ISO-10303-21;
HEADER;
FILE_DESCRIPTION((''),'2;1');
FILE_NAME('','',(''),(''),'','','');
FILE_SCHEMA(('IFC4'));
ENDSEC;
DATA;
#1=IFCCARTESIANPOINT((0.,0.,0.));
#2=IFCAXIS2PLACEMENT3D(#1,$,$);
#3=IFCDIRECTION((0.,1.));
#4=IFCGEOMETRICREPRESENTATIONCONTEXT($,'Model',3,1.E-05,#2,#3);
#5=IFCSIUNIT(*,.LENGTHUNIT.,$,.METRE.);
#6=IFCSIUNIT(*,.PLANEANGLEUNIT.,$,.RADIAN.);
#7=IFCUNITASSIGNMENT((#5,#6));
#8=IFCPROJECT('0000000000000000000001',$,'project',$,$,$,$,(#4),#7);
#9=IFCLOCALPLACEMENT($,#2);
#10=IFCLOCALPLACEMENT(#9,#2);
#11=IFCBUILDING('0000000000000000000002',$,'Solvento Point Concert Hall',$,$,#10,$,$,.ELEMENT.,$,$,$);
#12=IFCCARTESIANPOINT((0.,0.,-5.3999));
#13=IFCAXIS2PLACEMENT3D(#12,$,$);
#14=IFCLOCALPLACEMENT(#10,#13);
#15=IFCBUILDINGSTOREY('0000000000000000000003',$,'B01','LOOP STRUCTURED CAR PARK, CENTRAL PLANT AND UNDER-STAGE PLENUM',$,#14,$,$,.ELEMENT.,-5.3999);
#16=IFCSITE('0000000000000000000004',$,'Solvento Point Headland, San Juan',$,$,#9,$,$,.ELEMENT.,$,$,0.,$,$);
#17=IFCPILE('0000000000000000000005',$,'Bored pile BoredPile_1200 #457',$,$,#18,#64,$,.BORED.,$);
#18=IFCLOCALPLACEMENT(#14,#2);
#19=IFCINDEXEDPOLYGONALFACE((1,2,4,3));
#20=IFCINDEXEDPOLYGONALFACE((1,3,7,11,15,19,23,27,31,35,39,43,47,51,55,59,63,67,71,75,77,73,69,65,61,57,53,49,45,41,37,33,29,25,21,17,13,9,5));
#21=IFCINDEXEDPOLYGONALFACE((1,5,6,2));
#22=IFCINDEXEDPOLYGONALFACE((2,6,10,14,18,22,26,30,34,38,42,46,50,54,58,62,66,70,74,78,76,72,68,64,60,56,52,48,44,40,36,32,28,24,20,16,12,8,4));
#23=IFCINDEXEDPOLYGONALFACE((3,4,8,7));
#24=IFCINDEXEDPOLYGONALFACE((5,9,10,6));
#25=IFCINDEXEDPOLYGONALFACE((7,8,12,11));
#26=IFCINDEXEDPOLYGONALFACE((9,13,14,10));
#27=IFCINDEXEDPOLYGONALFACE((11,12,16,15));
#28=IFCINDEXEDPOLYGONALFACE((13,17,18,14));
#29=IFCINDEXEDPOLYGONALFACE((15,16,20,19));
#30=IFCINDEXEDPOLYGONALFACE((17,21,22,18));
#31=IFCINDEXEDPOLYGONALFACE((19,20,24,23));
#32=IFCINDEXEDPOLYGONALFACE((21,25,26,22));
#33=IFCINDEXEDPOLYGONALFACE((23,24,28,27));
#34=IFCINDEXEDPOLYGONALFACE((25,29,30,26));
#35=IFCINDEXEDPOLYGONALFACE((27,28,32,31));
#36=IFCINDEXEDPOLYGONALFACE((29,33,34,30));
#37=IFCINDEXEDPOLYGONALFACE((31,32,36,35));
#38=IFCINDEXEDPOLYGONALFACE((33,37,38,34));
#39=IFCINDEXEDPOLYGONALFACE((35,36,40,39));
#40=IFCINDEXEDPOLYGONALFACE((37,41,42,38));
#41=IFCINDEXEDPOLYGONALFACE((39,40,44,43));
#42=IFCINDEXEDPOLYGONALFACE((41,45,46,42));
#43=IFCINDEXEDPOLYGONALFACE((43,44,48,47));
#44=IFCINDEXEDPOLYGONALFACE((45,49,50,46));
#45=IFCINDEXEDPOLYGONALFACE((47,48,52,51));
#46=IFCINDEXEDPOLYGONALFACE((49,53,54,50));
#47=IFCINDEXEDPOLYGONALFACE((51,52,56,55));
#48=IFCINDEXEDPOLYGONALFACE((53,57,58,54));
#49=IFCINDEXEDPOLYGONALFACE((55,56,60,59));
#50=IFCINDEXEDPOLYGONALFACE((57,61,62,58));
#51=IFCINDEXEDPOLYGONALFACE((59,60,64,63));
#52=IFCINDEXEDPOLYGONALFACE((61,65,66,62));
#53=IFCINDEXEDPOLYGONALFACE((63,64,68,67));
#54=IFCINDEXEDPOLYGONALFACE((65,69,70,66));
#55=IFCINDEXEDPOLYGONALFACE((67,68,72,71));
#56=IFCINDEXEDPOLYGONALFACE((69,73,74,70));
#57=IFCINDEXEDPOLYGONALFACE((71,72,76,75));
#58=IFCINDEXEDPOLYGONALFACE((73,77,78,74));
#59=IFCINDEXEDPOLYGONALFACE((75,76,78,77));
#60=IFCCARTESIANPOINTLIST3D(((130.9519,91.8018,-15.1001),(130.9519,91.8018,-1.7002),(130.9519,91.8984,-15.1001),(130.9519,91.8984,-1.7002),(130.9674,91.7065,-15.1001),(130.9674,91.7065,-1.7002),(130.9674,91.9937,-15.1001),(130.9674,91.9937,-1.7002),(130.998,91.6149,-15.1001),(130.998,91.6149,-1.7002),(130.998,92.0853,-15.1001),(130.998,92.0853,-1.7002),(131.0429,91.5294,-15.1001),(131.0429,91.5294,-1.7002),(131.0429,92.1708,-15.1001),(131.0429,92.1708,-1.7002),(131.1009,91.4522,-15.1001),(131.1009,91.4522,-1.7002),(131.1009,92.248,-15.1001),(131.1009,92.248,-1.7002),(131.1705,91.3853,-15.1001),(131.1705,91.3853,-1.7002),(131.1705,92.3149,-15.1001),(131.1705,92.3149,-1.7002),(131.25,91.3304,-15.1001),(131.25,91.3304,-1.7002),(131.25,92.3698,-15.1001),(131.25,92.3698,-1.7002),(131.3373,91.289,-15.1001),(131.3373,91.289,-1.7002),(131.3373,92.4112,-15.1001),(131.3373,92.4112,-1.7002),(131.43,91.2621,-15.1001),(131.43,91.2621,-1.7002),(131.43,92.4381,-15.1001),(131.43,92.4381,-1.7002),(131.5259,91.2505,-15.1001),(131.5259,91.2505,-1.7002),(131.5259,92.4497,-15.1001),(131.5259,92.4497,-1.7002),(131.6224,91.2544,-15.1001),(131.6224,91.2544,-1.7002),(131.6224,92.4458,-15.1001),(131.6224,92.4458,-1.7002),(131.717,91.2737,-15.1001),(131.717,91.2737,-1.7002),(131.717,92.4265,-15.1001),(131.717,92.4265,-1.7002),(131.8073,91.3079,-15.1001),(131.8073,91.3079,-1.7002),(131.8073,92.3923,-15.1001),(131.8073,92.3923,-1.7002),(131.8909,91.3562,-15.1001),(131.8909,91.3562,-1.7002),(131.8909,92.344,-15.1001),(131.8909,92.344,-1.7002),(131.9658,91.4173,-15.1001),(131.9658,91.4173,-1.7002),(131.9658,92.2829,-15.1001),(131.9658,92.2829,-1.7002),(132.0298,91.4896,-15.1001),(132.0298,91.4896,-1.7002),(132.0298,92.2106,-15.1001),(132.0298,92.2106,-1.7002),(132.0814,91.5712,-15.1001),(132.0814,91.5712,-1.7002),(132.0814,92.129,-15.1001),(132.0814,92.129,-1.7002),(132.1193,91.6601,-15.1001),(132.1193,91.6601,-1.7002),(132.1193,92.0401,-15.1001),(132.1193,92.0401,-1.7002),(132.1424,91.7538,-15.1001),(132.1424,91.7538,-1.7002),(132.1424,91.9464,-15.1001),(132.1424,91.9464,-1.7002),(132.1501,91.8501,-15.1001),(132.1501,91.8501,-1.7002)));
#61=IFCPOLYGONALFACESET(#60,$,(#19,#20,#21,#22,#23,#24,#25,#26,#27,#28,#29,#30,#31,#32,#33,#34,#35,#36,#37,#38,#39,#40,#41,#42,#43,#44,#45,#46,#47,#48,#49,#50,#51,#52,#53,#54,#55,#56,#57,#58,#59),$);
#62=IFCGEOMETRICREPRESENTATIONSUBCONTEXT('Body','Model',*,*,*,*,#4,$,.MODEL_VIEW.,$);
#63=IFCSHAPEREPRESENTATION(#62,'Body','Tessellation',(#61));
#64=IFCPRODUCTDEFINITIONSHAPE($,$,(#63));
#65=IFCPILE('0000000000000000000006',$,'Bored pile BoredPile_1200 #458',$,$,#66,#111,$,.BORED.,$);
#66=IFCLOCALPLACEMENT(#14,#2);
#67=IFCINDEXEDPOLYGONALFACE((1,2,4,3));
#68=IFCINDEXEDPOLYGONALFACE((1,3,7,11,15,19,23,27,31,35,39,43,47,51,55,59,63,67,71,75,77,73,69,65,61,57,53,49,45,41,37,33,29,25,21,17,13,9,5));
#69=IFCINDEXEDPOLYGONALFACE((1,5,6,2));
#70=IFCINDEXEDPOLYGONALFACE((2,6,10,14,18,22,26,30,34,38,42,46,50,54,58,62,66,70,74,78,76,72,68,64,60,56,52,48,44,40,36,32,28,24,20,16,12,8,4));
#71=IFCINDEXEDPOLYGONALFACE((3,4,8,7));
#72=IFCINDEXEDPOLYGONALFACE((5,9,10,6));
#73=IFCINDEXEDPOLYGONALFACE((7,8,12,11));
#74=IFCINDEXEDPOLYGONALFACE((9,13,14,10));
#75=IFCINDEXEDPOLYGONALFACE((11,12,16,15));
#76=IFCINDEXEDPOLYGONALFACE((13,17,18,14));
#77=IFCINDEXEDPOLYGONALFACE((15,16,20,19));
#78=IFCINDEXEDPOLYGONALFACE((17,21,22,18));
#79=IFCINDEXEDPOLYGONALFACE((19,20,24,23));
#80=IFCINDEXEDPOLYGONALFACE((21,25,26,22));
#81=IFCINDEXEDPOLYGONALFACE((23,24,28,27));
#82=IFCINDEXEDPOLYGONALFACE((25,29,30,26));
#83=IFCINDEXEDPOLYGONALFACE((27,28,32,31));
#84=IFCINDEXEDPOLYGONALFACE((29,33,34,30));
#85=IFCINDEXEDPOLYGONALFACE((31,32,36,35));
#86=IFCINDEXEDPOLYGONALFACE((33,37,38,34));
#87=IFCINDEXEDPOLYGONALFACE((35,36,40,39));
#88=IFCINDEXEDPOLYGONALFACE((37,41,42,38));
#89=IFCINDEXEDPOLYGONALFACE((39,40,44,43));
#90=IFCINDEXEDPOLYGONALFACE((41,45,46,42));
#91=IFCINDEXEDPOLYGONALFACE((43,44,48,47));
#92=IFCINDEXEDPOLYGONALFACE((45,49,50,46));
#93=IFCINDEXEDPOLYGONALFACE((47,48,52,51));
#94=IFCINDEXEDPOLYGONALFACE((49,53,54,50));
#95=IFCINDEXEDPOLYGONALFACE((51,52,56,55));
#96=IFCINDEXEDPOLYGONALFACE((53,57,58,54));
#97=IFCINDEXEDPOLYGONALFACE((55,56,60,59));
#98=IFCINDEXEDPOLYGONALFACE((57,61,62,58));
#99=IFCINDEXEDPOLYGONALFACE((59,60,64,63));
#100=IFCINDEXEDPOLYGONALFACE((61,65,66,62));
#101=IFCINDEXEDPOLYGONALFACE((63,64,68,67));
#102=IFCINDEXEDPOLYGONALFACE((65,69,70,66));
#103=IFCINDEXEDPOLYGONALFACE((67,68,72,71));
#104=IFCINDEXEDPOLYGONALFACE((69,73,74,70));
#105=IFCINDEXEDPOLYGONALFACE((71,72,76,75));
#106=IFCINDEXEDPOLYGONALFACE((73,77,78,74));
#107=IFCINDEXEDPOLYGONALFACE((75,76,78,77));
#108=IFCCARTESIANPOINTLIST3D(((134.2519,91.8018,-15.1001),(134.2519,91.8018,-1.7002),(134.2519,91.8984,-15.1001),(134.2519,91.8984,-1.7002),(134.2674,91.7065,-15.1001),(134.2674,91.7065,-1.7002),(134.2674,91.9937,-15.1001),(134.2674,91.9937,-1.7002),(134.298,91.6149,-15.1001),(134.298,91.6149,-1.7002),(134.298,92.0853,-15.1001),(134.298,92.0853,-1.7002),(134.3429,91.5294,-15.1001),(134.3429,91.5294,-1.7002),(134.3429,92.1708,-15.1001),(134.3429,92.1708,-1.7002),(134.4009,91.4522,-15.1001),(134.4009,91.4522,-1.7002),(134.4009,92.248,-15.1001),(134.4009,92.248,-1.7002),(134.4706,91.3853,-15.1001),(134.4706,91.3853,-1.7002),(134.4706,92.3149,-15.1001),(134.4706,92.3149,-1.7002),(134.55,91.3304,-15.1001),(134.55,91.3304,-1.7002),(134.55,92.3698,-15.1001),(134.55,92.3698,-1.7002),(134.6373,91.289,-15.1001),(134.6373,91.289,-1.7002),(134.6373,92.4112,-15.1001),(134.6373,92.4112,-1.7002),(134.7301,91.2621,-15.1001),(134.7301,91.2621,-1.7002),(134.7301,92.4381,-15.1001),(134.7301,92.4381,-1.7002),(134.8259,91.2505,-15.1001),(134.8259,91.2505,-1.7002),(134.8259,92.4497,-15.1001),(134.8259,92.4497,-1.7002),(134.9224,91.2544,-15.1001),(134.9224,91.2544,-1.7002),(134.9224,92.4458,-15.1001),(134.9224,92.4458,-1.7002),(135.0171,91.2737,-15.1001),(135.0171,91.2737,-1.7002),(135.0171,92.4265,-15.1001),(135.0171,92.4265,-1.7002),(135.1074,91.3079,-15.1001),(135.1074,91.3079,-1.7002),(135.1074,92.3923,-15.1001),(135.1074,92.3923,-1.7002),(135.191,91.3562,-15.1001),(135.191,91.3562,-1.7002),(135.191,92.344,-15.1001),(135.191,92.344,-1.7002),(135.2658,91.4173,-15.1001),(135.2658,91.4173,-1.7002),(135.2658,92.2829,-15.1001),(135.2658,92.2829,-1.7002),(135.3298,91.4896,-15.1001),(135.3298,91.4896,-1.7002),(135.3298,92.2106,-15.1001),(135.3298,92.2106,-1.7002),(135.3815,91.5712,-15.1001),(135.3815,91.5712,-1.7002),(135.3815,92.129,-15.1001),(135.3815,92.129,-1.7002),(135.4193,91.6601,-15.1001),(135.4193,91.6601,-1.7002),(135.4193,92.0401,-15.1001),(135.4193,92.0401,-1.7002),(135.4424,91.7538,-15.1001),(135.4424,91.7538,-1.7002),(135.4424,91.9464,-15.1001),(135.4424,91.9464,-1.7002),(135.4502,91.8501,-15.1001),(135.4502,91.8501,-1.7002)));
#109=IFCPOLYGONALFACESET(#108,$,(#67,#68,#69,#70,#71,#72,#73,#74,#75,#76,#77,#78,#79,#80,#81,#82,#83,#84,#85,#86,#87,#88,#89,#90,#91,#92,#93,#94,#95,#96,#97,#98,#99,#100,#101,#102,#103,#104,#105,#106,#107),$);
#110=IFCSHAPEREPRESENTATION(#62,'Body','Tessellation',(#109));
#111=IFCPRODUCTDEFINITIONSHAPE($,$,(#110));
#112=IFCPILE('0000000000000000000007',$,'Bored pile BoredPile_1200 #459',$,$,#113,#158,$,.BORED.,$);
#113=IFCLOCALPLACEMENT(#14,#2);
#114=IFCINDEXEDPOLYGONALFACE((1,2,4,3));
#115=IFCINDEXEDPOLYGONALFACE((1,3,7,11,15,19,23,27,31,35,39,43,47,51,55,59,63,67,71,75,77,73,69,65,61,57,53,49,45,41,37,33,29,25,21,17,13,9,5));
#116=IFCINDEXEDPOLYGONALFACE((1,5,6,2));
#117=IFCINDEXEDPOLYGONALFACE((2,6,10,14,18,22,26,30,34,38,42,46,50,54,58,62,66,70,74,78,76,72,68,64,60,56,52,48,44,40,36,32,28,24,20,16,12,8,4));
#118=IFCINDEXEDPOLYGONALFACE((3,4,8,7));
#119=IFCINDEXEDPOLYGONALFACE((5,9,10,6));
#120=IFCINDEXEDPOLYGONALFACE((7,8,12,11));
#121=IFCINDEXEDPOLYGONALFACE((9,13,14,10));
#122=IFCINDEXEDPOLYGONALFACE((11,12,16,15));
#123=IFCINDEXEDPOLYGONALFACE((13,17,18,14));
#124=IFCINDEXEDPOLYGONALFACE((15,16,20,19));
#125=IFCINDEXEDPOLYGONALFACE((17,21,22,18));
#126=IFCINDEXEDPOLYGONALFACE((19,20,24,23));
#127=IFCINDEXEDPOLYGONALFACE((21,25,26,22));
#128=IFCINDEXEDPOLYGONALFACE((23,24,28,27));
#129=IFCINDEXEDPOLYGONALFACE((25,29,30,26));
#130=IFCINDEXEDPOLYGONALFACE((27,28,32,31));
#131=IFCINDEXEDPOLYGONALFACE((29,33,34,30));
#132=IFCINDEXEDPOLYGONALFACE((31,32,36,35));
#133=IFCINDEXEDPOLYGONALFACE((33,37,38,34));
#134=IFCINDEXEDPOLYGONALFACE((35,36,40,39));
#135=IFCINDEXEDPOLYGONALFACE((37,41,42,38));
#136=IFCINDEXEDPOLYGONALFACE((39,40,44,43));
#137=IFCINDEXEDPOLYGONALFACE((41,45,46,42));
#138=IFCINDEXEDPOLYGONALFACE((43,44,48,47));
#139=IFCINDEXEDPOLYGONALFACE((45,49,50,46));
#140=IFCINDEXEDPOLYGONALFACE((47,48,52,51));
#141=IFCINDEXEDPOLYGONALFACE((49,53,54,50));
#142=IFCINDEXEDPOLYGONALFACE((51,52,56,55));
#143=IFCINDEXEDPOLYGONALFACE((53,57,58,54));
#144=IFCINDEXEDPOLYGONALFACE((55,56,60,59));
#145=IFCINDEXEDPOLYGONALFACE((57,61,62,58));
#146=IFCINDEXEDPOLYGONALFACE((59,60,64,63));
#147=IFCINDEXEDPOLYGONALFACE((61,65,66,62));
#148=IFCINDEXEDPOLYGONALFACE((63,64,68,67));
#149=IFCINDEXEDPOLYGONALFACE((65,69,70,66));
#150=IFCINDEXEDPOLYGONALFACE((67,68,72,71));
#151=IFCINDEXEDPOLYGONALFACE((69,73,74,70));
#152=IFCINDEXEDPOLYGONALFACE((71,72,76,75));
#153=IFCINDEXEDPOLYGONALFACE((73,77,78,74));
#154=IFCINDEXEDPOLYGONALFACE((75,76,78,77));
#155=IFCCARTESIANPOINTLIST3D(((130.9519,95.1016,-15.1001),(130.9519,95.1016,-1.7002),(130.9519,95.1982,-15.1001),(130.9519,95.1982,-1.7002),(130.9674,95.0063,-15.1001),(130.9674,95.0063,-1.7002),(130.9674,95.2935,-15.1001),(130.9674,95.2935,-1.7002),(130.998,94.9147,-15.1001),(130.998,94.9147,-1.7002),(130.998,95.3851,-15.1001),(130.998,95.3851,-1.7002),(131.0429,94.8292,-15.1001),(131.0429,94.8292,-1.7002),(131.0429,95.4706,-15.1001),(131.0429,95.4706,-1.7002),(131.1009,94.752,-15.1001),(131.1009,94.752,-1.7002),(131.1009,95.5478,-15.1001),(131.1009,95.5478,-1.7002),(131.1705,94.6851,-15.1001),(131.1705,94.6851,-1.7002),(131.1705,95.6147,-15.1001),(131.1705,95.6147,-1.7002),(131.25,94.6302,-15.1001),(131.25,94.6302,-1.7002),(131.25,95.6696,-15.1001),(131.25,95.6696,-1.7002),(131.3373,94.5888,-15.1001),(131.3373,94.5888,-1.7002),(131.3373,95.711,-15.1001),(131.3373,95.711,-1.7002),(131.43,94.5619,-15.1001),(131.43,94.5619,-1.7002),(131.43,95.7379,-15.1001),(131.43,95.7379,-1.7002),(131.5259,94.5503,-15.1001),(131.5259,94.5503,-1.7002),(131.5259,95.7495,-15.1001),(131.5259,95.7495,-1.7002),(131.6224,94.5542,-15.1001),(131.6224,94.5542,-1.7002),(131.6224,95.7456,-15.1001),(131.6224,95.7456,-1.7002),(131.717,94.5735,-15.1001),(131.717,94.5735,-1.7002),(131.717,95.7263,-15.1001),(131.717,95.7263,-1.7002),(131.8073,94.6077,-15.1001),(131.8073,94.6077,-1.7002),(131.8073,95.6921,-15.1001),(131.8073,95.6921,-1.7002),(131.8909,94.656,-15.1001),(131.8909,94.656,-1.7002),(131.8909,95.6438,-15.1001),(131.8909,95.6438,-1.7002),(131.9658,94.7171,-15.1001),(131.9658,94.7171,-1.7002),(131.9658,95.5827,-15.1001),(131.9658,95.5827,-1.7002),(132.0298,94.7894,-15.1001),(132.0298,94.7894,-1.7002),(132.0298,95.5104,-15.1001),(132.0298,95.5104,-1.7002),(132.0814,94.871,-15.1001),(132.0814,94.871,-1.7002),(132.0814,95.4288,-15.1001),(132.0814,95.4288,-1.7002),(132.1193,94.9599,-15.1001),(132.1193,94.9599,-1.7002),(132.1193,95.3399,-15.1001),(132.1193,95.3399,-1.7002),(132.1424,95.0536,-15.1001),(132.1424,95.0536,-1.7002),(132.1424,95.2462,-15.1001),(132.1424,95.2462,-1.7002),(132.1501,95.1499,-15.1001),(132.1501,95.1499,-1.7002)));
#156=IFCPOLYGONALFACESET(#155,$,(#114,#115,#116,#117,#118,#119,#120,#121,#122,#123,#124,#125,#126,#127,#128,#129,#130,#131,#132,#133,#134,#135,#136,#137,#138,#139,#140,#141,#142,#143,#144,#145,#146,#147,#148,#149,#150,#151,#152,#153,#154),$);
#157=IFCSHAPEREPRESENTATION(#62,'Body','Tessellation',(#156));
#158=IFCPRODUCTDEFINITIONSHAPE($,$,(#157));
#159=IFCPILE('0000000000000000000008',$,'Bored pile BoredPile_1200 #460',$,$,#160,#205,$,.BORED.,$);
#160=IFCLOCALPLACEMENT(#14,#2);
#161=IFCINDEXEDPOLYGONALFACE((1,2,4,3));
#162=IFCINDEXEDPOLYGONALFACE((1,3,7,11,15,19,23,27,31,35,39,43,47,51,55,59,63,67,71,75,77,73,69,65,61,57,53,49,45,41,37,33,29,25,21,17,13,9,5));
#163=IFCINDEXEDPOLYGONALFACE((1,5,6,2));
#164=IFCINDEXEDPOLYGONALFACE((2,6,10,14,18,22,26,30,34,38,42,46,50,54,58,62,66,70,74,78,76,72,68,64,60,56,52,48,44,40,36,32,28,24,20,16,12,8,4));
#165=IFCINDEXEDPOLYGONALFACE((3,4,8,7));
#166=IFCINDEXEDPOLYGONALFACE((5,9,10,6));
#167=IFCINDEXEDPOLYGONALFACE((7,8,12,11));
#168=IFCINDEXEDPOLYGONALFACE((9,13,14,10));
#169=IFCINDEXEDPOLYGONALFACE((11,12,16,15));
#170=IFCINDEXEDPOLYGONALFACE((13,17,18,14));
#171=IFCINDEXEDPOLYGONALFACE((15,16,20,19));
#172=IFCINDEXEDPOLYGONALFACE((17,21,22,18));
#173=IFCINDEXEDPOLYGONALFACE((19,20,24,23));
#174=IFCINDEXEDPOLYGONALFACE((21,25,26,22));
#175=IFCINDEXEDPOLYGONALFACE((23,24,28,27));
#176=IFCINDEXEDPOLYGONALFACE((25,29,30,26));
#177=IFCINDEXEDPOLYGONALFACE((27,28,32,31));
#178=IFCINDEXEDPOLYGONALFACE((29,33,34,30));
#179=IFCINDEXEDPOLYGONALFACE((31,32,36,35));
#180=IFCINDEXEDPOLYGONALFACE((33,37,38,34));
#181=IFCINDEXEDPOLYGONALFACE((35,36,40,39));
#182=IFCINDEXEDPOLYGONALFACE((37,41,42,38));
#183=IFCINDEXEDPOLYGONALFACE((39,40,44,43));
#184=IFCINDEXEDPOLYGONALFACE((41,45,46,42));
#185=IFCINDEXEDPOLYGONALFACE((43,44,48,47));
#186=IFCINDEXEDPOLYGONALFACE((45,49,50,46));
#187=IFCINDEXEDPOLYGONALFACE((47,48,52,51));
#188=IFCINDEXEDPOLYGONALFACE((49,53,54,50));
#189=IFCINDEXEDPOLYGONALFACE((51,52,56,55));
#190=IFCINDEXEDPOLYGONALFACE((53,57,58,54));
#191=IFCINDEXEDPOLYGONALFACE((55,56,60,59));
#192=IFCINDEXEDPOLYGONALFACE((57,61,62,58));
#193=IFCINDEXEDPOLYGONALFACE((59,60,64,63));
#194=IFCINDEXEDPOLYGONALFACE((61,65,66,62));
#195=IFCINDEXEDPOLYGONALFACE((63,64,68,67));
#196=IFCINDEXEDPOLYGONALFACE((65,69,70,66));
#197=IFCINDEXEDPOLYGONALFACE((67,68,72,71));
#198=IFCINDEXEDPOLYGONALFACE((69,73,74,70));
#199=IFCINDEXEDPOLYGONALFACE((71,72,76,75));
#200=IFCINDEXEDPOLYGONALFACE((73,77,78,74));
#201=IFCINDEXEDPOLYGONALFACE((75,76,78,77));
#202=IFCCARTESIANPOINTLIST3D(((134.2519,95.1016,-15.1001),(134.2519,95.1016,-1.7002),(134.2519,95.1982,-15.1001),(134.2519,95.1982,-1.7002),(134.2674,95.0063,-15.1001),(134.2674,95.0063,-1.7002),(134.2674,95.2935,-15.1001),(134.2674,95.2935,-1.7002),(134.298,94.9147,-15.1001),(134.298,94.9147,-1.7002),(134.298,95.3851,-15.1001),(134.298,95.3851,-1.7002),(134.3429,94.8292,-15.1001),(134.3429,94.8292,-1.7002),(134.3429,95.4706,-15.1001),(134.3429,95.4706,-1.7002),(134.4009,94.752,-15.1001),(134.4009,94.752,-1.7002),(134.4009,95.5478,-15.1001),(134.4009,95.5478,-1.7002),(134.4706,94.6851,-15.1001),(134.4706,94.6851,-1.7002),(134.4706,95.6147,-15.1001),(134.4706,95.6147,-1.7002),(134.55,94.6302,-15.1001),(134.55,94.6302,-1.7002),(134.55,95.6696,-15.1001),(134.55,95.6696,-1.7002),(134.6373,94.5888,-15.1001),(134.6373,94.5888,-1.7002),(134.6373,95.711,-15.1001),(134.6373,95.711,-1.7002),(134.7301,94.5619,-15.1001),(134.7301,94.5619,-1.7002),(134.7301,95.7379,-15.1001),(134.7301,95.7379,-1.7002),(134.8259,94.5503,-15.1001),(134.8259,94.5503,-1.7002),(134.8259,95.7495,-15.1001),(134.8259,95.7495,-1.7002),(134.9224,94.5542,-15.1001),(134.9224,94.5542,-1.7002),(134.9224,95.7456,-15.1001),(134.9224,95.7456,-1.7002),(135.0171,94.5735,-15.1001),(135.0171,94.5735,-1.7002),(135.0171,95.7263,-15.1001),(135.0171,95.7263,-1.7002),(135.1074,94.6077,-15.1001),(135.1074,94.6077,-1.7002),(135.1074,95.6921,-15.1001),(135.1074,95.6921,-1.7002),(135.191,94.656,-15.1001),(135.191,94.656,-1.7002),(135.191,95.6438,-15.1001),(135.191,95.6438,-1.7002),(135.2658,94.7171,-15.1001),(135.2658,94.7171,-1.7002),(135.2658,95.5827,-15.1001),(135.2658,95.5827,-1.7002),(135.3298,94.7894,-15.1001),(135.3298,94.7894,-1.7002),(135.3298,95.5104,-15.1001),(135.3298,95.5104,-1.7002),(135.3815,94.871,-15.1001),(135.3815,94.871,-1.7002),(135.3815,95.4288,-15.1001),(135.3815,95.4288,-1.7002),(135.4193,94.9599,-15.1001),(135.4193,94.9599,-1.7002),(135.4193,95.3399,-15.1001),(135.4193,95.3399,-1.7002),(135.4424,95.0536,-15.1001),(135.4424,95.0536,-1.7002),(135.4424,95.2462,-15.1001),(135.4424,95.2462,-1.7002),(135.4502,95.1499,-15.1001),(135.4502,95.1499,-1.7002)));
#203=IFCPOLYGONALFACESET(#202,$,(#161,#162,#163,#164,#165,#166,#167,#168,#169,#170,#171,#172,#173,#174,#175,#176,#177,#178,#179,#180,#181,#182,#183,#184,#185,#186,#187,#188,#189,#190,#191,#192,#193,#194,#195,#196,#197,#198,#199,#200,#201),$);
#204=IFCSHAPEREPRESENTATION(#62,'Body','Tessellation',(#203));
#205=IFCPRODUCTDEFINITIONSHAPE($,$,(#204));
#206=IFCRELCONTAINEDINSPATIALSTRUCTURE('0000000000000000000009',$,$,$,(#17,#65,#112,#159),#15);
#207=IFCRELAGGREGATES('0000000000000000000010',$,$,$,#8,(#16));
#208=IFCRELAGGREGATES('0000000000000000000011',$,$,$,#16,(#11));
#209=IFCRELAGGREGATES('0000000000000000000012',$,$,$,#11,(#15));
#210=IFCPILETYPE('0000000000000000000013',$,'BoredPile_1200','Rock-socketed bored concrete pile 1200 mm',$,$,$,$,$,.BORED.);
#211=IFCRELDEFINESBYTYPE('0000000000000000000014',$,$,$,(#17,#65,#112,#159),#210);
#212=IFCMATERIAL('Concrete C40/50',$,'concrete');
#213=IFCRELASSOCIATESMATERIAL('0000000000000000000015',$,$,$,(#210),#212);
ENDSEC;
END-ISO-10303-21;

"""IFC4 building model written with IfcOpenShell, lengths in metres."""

from ifc_helpers import new_model, si_unit, direction, frame, origin, origin_2d, place, context, subcontext, project, spatial, circle, extrude, material, material_profile, profile_set, type_object, element, save


model = new_model("IFC4")

# Units and contexts
model_context = context("Model", 3, precision=1e-05, world=origin(), true_north=direction((0.0, 1.0)))
body_context = subcontext(model_context, "Body", "Model", "MODEL_VIEW")
ifc_project = project(units=[si_unit("LENGTHUNIT", "METRE"), si_unit("PLANEANGLEUNIT", "RADIAN")], contexts=[model_context])

# Site, building, storey
site_placement = place(None, origin())
site = spatial("IfcSite", under=ifc_project, at=site_placement, Name="Solvento Point Headland, San Juan", CompositionType="ELEMENT", RefElevation=0.0)
building_placement = place(site_placement, origin())
building = spatial("IfcBuilding", under=site, at=building_placement, Name="Solvento Point Concert Hall", CompositionType="ELEMENT")
storey_placement = place(building_placement, frame((0.0, 0.0, -5.3999)))
storey = spatial("IfcBuildingStorey", under=building, at=storey_placement, Name="B01", Description="LOOP STRUCTURED CAR PARK, CENTRAL PLANT AND UNDER-STAGE PLENUM", CompositionType="ELEMENT", Elevation=-5.3999)

# Piles
ifc_material_1 = material(Name="Concrete C40/50", Category="concrete")
ifc_material_profile_1 = material_profile(ifc_material_1, circle(Radius=0.6001, at=origin_2d()), Name="BP-1200")
ifc_profile_set_1 = profile_set([ifc_material_profile_1], Name="Concrete C40/50")
pile_type_1 = type_object("IfcPileType", Name="BoredPile_1200", Description="Rock-socketed bored concrete pile 1200 mm", PredefinedType="BORED", material=ifc_profile_set_1)
for number, where, z_axis, x_axis, name in (
    (1, (131.55, 91.8501, -1.7002), (0.0, 0.0, -1.0), (1.0, 0.0, 0.0), "Bored pile BoredPile_1200 #457"),
    (2, (134.8501, 91.8501, -1.7002), (0.0, 0.0, -1.0), (1.0, 0.0, 0.0), "Bored pile BoredPile_1200 #458"),
    (3, (131.55, 95.1499, -1.7002), (0.0, 0.0, -1.0), (1.0, 0.0, 0.0), "Bored pile BoredPile_1200 #459"),
    (4, (134.8501, 95.1499, -1.7002), (0.0, 0.0, -1.0), (1.0, 0.0, 0.0), "Bored pile BoredPile_1200 #460"),
):
    element("IfcPile", number, at=place(storey_placement, frame(where, z_axis=z_axis, x_axis=x_axis)), inside=storey, type_object=pile_type_1, Name=name, PredefinedType="BORED", context=body_context, shape_type="SweptSolid", body=[
        extrude(circle(Radius=0.6001, at=origin_2d()), origin(), (0.0, 0.0, 1.0), 13.3999),
    ])

save(model, "model.ifc")
